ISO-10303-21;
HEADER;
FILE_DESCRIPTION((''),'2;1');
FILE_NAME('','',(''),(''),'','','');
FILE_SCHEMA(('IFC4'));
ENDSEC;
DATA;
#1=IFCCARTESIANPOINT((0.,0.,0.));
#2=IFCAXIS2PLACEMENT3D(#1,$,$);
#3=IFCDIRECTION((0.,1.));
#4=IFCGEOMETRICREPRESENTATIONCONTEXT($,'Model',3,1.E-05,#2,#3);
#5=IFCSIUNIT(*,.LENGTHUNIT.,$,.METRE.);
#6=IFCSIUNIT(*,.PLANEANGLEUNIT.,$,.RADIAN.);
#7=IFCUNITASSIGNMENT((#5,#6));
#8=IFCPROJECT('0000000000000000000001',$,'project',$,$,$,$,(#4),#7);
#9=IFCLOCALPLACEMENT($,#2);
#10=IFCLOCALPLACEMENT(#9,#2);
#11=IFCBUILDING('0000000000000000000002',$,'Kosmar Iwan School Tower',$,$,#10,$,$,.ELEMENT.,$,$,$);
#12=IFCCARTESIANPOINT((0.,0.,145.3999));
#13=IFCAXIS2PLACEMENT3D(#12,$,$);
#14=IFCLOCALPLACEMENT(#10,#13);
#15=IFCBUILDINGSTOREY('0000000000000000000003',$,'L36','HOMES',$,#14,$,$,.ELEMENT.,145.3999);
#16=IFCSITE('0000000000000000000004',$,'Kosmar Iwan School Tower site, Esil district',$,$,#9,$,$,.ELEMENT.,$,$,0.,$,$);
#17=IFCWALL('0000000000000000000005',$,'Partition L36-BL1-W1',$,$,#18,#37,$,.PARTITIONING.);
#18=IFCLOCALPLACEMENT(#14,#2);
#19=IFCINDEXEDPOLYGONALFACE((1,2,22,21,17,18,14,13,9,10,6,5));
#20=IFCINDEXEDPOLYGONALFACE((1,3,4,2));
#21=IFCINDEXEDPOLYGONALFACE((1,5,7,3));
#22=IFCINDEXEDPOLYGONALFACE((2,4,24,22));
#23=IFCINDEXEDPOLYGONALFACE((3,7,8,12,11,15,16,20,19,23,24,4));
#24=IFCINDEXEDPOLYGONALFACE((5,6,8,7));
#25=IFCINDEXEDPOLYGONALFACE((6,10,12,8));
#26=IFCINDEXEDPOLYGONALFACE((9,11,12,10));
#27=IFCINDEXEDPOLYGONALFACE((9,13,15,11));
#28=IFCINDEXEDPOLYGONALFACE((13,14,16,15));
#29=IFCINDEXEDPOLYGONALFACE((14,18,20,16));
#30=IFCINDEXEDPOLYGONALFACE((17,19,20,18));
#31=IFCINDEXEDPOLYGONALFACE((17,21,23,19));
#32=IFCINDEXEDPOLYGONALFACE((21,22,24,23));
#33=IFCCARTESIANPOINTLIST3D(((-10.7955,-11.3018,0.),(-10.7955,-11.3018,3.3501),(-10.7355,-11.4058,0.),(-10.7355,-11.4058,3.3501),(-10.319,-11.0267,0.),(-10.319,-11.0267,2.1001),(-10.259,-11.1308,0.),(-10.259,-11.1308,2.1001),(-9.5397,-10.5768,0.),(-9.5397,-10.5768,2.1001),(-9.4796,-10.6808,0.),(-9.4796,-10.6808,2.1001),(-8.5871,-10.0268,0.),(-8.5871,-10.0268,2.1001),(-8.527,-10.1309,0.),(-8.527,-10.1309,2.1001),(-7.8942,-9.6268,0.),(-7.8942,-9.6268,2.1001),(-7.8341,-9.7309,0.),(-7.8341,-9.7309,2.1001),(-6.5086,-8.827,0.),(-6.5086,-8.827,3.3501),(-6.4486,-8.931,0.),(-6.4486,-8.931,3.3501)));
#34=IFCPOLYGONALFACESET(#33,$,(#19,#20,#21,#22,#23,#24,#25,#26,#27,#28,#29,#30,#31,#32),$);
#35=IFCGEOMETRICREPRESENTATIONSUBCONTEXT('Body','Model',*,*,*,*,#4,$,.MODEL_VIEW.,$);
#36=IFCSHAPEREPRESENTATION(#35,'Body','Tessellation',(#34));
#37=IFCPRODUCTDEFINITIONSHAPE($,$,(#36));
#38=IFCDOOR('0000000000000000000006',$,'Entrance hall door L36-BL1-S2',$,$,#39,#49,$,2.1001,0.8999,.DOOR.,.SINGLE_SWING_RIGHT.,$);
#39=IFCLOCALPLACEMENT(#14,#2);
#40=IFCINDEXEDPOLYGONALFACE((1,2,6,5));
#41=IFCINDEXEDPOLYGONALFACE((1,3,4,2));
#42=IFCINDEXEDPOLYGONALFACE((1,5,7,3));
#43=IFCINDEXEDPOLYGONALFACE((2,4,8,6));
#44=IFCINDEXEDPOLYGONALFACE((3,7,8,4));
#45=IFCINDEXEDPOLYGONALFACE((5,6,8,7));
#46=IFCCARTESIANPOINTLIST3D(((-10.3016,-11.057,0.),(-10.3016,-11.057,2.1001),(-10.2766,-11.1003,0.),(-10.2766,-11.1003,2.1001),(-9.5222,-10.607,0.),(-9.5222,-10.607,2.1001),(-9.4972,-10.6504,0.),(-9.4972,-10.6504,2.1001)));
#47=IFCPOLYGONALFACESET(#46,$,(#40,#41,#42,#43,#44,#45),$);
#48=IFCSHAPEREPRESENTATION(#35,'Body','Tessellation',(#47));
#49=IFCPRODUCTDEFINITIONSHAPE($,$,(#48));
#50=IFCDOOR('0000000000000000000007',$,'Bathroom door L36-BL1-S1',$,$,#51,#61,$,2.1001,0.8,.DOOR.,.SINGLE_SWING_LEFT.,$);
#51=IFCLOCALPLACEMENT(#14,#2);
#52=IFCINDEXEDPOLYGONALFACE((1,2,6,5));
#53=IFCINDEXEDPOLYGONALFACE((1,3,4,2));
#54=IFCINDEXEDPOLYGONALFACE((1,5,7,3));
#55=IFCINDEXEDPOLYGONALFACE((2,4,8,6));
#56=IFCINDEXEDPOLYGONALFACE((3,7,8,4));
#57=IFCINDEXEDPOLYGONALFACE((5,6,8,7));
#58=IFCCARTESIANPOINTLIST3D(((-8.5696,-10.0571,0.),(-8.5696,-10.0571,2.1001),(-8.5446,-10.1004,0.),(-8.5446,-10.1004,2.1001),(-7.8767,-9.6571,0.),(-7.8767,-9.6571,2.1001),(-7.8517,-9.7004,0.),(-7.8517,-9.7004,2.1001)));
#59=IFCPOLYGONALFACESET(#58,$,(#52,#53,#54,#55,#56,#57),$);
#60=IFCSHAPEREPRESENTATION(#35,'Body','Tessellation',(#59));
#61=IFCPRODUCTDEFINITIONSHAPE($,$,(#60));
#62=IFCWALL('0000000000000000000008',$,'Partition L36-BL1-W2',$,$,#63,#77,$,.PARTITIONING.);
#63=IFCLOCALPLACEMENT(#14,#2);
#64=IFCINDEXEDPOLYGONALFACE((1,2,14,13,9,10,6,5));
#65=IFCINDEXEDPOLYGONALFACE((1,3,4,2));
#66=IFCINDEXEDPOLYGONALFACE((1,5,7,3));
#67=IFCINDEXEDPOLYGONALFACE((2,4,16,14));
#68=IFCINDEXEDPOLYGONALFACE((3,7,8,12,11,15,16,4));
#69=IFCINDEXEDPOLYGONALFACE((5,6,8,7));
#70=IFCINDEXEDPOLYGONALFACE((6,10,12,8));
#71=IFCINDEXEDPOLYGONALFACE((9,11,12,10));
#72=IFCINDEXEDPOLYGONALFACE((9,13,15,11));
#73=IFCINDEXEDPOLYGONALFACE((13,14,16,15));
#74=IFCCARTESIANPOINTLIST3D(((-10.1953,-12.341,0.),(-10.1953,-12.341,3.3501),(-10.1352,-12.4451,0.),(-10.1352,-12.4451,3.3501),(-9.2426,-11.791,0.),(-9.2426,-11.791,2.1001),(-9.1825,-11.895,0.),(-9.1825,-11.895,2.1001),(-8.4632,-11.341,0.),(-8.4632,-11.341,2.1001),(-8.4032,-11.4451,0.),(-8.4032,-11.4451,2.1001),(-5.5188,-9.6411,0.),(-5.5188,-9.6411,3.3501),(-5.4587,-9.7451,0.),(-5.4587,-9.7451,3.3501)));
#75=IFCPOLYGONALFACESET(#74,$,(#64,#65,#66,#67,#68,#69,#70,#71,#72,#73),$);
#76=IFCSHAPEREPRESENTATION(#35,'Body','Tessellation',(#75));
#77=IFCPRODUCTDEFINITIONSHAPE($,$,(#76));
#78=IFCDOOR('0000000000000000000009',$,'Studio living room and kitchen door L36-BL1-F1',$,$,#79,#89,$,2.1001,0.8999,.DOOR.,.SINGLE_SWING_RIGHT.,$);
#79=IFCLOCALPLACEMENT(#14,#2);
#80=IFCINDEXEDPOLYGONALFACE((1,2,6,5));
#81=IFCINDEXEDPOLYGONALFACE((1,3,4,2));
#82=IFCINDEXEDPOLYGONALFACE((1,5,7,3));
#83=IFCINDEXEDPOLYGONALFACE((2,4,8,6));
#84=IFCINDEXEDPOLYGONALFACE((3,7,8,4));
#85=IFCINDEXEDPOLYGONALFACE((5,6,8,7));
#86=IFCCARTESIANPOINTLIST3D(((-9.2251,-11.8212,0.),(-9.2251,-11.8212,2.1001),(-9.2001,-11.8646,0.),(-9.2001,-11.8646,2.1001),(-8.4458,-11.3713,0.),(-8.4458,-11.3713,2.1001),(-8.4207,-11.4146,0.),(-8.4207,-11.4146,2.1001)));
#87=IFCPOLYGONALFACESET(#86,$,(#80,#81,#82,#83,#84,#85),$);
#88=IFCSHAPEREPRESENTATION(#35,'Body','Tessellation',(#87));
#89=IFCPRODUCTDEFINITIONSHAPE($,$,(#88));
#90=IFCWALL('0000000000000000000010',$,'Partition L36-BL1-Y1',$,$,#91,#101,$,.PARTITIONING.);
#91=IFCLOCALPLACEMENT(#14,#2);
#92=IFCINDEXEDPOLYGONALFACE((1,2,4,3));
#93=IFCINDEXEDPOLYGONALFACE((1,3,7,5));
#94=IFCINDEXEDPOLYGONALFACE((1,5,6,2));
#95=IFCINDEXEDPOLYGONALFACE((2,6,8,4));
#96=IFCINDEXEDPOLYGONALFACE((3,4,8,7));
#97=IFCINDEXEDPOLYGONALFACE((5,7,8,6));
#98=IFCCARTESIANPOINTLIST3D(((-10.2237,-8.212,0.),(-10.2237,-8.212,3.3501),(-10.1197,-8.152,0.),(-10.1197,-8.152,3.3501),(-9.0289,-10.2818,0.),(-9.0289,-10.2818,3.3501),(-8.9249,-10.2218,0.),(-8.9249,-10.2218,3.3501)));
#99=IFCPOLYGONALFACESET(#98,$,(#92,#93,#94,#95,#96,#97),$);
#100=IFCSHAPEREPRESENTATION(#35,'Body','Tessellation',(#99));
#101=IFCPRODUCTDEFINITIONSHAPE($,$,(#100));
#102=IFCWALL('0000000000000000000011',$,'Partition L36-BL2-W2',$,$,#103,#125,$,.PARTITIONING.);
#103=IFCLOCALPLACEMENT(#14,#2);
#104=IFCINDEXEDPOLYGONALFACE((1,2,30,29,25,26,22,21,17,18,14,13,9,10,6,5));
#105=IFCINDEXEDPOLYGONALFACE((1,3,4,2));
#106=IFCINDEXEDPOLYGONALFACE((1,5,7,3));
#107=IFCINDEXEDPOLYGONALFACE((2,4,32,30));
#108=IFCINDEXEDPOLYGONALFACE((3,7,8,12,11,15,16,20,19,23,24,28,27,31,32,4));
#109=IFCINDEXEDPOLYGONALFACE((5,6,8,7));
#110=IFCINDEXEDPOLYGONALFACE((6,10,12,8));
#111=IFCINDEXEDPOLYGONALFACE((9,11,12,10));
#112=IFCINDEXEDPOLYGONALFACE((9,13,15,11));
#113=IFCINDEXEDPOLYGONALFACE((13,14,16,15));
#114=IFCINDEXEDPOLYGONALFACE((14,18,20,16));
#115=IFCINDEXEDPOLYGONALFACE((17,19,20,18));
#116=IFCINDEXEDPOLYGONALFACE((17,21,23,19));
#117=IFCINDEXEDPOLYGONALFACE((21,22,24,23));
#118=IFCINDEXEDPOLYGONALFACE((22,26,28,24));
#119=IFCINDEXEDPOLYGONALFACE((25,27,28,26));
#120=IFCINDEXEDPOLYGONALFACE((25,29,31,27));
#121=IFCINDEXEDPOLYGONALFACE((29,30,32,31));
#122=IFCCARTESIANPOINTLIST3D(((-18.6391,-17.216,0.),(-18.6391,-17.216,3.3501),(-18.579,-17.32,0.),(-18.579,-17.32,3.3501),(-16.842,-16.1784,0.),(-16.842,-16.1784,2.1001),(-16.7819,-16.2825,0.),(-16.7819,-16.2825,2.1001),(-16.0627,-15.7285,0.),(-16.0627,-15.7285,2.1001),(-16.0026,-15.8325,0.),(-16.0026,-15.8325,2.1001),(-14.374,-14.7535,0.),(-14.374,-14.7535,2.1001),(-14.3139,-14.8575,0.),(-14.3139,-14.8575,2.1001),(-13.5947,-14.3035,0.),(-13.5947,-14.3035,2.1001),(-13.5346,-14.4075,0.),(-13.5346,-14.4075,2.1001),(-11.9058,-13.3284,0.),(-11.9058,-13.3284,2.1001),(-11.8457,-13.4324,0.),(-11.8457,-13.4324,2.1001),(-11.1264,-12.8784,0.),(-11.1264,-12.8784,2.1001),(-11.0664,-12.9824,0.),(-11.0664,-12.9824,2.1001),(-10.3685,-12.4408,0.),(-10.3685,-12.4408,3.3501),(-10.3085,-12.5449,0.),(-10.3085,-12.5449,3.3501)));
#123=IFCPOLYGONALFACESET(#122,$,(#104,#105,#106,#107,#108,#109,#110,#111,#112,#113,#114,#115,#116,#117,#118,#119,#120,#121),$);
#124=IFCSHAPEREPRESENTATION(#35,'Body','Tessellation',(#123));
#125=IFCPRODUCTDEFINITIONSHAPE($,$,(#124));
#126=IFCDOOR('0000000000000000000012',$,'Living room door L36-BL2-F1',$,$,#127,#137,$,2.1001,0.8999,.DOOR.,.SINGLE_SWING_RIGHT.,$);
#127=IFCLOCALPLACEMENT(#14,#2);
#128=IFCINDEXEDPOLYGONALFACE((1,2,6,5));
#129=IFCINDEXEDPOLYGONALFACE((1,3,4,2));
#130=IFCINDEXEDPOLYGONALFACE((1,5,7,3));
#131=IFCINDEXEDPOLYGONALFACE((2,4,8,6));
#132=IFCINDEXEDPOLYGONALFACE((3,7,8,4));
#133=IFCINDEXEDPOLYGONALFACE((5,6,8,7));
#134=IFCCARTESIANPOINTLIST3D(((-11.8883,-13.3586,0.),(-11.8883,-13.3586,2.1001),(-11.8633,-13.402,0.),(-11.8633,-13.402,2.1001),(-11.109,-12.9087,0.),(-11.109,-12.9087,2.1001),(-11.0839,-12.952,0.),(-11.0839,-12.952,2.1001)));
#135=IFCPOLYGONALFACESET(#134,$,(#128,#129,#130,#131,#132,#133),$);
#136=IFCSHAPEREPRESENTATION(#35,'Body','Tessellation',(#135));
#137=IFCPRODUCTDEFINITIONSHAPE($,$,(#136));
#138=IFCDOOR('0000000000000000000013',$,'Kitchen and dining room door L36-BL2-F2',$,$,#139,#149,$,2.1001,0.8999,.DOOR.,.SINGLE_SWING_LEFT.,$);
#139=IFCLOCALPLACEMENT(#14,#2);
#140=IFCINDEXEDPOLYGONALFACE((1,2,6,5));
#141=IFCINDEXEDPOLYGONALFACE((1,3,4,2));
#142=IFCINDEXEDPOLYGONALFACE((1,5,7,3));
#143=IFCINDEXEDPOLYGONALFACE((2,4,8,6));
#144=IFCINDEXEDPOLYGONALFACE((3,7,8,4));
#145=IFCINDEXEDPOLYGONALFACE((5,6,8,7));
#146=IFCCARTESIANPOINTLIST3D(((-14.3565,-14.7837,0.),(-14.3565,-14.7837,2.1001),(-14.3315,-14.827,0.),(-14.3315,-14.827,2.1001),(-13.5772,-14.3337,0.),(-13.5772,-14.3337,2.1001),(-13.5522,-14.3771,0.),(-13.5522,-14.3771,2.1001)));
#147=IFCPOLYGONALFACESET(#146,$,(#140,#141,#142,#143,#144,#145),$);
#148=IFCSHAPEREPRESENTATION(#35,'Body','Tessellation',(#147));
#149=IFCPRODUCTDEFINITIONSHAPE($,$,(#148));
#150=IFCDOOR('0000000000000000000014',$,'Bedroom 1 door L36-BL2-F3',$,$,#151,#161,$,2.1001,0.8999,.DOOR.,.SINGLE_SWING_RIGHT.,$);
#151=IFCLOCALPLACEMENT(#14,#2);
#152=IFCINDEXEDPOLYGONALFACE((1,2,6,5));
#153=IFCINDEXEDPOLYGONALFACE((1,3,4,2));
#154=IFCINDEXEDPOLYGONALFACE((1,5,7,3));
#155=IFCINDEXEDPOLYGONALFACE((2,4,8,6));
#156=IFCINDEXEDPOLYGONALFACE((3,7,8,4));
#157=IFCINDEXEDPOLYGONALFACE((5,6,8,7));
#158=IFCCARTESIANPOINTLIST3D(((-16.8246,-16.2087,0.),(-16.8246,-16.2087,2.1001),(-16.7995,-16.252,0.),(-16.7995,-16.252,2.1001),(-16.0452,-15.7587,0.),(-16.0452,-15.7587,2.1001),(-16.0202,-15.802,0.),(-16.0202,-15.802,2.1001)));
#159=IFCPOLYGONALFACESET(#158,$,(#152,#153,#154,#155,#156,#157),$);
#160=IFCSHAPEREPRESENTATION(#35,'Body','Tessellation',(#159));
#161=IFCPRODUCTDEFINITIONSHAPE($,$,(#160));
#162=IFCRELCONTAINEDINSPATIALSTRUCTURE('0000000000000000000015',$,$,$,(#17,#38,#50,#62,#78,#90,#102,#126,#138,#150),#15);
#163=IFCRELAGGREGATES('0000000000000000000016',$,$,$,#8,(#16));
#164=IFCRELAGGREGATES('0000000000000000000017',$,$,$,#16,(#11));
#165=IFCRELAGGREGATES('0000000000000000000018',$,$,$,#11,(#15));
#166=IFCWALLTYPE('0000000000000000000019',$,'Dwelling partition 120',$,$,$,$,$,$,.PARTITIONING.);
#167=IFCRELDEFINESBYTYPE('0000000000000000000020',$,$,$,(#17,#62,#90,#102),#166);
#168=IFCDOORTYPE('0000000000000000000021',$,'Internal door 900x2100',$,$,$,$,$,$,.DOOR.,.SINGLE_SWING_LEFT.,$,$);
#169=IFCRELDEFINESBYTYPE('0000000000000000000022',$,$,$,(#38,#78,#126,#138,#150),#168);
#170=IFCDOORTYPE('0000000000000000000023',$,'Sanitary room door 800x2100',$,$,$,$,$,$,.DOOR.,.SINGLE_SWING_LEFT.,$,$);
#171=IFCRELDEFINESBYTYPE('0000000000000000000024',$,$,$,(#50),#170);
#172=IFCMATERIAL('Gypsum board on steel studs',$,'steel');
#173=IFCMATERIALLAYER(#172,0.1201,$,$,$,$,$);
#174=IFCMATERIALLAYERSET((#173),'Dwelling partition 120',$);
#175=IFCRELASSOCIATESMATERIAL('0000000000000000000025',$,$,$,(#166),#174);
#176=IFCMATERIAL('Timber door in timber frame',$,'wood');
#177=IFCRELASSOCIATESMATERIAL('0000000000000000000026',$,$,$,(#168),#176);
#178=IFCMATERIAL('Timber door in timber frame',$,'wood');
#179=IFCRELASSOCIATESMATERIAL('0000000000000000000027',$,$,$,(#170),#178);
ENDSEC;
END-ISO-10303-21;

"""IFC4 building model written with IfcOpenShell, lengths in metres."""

from ifc_helpers import new_model, si_unit, direction, frame, frame_2d, origin, place, context, subcontext, project, spatial, rectangle, extrude, material, layer, layer_set, type_object, element, fill, save


model = new_model("IFC4")

# Units and contexts
model_context = context("Model", 3, precision=1e-05, world=origin(), true_north=direction((0.0, 1.0)))
body_context = subcontext(model_context, "Body", "Model", "MODEL_VIEW")
ifc_project = project(units=[si_unit("LENGTHUNIT", "METRE"), si_unit("PLANEANGLEUNIT", "RADIAN")], contexts=[model_context])

# Site, building, storey
site_placement = place(None, origin())
site = spatial("IfcSite", under=ifc_project, at=site_placement, Name="Kosmar Iwan School Tower site, Esil district", CompositionType="ELEMENT", RefElevation=0.0)
building_placement = place(site_placement, origin())
building = spatial("IfcBuilding", under=site, at=building_placement, Name="Kosmar Iwan School Tower", CompositionType="ELEMENT")
storey_placement = place(building_placement, frame((0.0, 0.0, 145.3999)))
storey = spatial("IfcBuildingStorey", under=building, at=storey_placement, Name="L36", Description="HOMES", CompositionType="ELEMENT", Elevation=145.3999)

# Wall, openings, doors
ifc_material_1 = material(Name="Gypsum board on steel studs", Category="steel")
ifc_layer_1 = layer(ifc_material_1, 0.1201)
ifc_layer_set_1 = layer_set([ifc_layer_1], Name="Dwelling partition 120")
wall_type_1 = type_object("IfcWallType", Name="Dwelling partition 120", PredefinedType="PARTITIONING", material=ifc_layer_set_1)
wall_1_placement = place(storey_placement, frame((-6.4785, -8.8789, 0.0), z_axis=(0.0, 0.0, 1.0), x_axis=(-0.86604, -0.499974, 0.0)))
wall_1 = element("IfcWall", 1, at=wall_1_placement, inside=storey, type_object=wall_type_1, Name="Partition L36-BL1-W1", PredefinedType="PARTITIONING", context=body_context, shape_type="SweptSolid", body=[
    extrude(rectangle(XDim=4.95, YDim=0.1201, at=frame_2d((2.4751, 0.0))), origin(), (0.0, 0.0, 1.0), 3.3501),
])
opening_1_placement = place(wall_1_placement, frame((1.6001, 0.0, 0.0)))
opening_1 = element("IfcOpeningElement", 2, at=opening_1_placement, cuts=wall_1, PredefinedType="OPENING", context=body_context, shape_type="SweptSolid", body=[
    extrude(rectangle(XDim=0.8, YDim=2.1001, at=frame_2d((0.3999, 1.05))), frame((0.0, 0.072, 0.0), z_axis=(0.0, -1.0, 0.0), x_axis=(1.0, 0.0, 0.0)), (0.0, 0.0, 1.0), 0.144),
])
opening_2_placement = place(wall_1_placement, frame((3.5, 0.0, 0.0)))
opening_2 = element("IfcOpeningElement", 3, at=opening_2_placement, cuts=wall_1, PredefinedType="OPENING", context=body_context, shape_type="SweptSolid", body=[
    extrude(rectangle(XDim=0.8999, YDim=2.1001, at=frame_2d((0.45, 1.05))), frame((0.0, 0.072, 0.0), z_axis=(0.0, -1.0, 0.0), x_axis=(1.0, 0.0, 0.0)), (0.0, 0.0, 1.0), 0.144),
])
ifc_material_2 = material(Name="Timber door in timber frame", Category="wood")
door_type_1 = type_object("IfcDoorType", Name="Internal door 900x2100", OperationType="SINGLE_SWING_LEFT", PredefinedType="DOOR", material=ifc_material_2)
door_1_placement = place(opening_2_placement, origin())
door_1 = element("IfcDoor", 4, at=door_1_placement, inside=storey, type_object=door_type_1, Name="Entrance hall door L36-BL1-S2", OperationType="SINGLE_SWING_RIGHT", OverallHeight=2.1001, OverallWidth=0.8999, PredefinedType="DOOR", context=body_context, shape_type="SweptSolid", body=[
    extrude(rectangle(XDim=0.8999, YDim=2.1001, at=frame_2d((0.45, 1.05))), frame((0.0, 0.0249, 0.0), z_axis=(0.0, -1.0, 0.0), x_axis=(1.0, 0.0, 0.0)), (0.0, 0.0, 1.0), 0.05),
])
fill(opening_2, door_1)
ifc_material_3 = material(Name="Timber door in timber frame", Category="wood")
door_type_2 = type_object("IfcDoorType", Name="Sanitary room door 800x2100", OperationType="SINGLE_SWING_LEFT", PredefinedType="DOOR", material=ifc_material_3)
door_2_placement = place(opening_1_placement, origin())
door_2 = element("IfcDoor", 5, at=door_2_placement, inside=storey, type_object=door_type_2, Name="Bathroom door L36-BL1-S1", OperationType="SINGLE_SWING_LEFT", OverallHeight=2.1001, OverallWidth=0.8, PredefinedType="DOOR", context=body_context, shape_type="SweptSolid", body=[
    extrude(rectangle(XDim=0.8, YDim=2.1001, at=frame_2d((0.3999, 1.05))), frame((0.0, 0.0249, 0.0), z_axis=(0.0, -1.0, 0.0), x_axis=(1.0, 0.0, 0.0)), (0.0, 0.0, 1.0), 0.05),
])
fill(opening_1, door_2)

# Wall, opening, door
wall_2_placement = place(storey_placement, frame((-5.4888, -9.6931, 0.0), z_axis=(0.0, 0.0, 1.0), x_axis=(-0.866028, -0.499995, 0.0)))
wall_2 = element("IfcWall", 6, at=wall_2_placement, inside=storey, type_object=wall_type_1, Name="Partition L36-BL1-W2", PredefinedType="PARTITIONING", context=body_context, shape_type="SweptSolid", body=[
    extrude(rectangle(XDim=5.3999, YDim=0.1201, at=frame_2d((2.7, 0.0))), origin(), (0.0, 0.0, 1.0), 3.3501),
])
opening_3_placement = place(wall_2_placement, frame((3.3999, 0.0, 0.0)))
opening_3 = element("IfcOpeningElement", 7, at=opening_3_placement, cuts=wall_2, PredefinedType="OPENING", context=body_context, shape_type="SweptSolid", body=[
    extrude(rectangle(XDim=0.8999, YDim=2.1001, at=frame_2d((0.45, 1.05))), frame((0.0, 0.072, 0.0), z_axis=(0.0, -1.0, 0.0), x_axis=(1.0, 0.0, 0.0)), (0.0, 0.0, 1.0), 0.144),
])
door_3_placement = place(opening_3_placement, origin())
door_3 = element("IfcDoor", 8, at=door_3_placement, inside=storey, type_object=door_type_1, Name="Studio living room and kitchen door L36-BL1-F1", OperationType="SINGLE_SWING_RIGHT", OverallHeight=2.1001, OverallWidth=0.8999, PredefinedType="DOOR", context=body_context, shape_type="SweptSolid", body=[
    extrude(rectangle(XDim=0.8999, YDim=2.1001, at=frame_2d((0.45, 1.05))), frame((0.0, 0.0249, 0.0), z_axis=(0.0, -1.0, 0.0), x_axis=(1.0, 0.0, 0.0)), (0.0, 0.0, 1.0), 0.05),
])
fill(opening_3, door_3)

# Wall
wall_3_placement = place(storey_placement, frame((-10.1716, -8.1821, 0.0), z_axis=(0.0, 0.0, 1.0), x_axis=(0.499941, -0.86606, 0.0)))
element("IfcWall", 9, at=wall_3_placement, inside=storey, type_object=wall_type_1, Name="Partition L36-BL1-Y1", PredefinedType="PARTITIONING", context=body_context, shape_type="SweptSolid", body=[
    extrude(rectangle(XDim=2.3899, YDim=0.1201, at=frame_2d((1.1948, 0.0))), origin(), (0.0, 0.0, 1.0), 3.3501),
])

# Wall, openings, doors
wall_4_placement = place(storey_placement, frame((-10.3386, -12.4929, 0.0), z_axis=(0.0, 0.0, 1.0), x_axis=(-0.866018, -0.500013, 0.0)))
wall_4 = element("IfcWall", 10, at=wall_4_placement, inside=storey, type_object=wall_type_1, Name="Partition L36-BL2-W2", PredefinedType="PARTITIONING", context=body_context, shape_type="SweptSolid", body=[
    extrude(rectangle(XDim=9.55, YDim=0.1201, at=frame_2d((4.7749, 0.0))), origin(), (0.0, 0.0, 1.0), 3.3501),
])
opening_4_placement = place(wall_4_placement, frame((0.875, 0.0, 0.0)))
opening_4 = element("IfcOpeningElement", 11, at=opening_4_placement, cuts=wall_4, PredefinedType="OPENING", context=body_context, shape_type="SweptSolid", body=[
    extrude(rectangle(XDim=0.8999, YDim=2.1001, at=frame_2d((0.45, 1.05))), frame((0.0, 0.072, 0.0), z_axis=(0.0, -1.0, 0.0), x_axis=(1.0, 0.0, 0.0)), (0.0, 0.0, 1.0), 0.144),
])
opening_5_placement = place(wall_4_placement, frame((3.7251, 0.0, 0.0)))
opening_5 = element("IfcOpeningElement", 12, at=opening_5_placement, cuts=wall_4, PredefinedType="OPENING", context=body_context, shape_type="SweptSolid", body=[
    extrude(rectangle(XDim=0.8999, YDim=2.1001, at=frame_2d((0.45, 1.05))), frame((0.0, 0.072, 0.0), z_axis=(0.0, -1.0, 0.0), x_axis=(1.0, 0.0, 0.0)), (0.0, 0.0, 1.0), 0.144),
])
opening_6_placement = place(wall_4_placement, frame((6.575, 0.0, 0.0)))
opening_6 = element("IfcOpeningElement", 13, at=opening_6_placement, cuts=wall_4, PredefinedType="OPENING", context=body_context, shape_type="SweptSolid", body=[
    extrude(rectangle(XDim=0.8999, YDim=2.1001, at=frame_2d((0.45, 1.05))), frame((0.0, 0.072, 0.0), z_axis=(0.0, -1.0, 0.0), x_axis=(1.0, 0.0, 0.0)), (0.0, 0.0, 1.0), 0.144),
])
door_4_placement = place(opening_4_placement, origin())
door_4 = element("IfcDoor", 14, at=door_4_placement, inside=storey, type_object=door_type_1, Name="Living room door L36-BL2-F1", OperationType="SINGLE_SWING_RIGHT", OverallHeight=2.1001, OverallWidth=0.8999, PredefinedType="DOOR", context=body_context, shape_type="SweptSolid", body=[
    extrude(rectangle(XDim=0.8999, YDim=2.1001, at=frame_2d((0.45, 1.05))), frame((0.0, 0.0249, 0.0), z_axis=(0.0, -1.0, 0.0), x_axis=(1.0, 0.0, 0.0)), (0.0, 0.0, 1.0), 0.05),
])
fill(opening_4, door_4)
door_5_placement = place(opening_5_placement, origin())
door_5 = element("IfcDoor", 15, at=door_5_placement, inside=storey, type_object=door_type_1, Name="Kitchen and dining room door L36-BL2-F2", OperationType="SINGLE_SWING_LEFT", OverallHeight=2.1001, OverallWidth=0.8999, PredefinedType="DOOR", context=body_context, shape_type="SweptSolid", body=[
    extrude(rectangle(XDim=0.8999, YDim=2.1001, at=frame_2d((0.45, 1.05))), frame((0.0, 0.0249, 0.0), z_axis=(0.0, -1.0, 0.0), x_axis=(1.0, 0.0, 0.0)), (0.0, 0.0, 1.0), 0.05),
])
fill(opening_5, door_5)
door_6_placement = place(opening_6_placement, origin())
door_6 = element("IfcDoor", 16, at=door_6_placement, inside=storey, type_object=door_type_1, Name="Bedroom 1 door L36-BL2-F3", OperationType="SINGLE_SWING_RIGHT", OverallHeight=2.1001, OverallWidth=0.8999, PredefinedType="DOOR", context=body_context, shape_type="SweptSolid", body=[
    extrude(rectangle(XDim=0.8999, YDim=2.1001, at=frame_2d((0.45, 1.05))), frame((0.0, 0.0249, 0.0), z_axis=(0.0, -1.0, 0.0), x_axis=(1.0, 0.0, 0.0)), (0.0, 0.0, 1.0), 0.05),
])
fill(opening_6, door_6)

save(model, "model.ifc")
